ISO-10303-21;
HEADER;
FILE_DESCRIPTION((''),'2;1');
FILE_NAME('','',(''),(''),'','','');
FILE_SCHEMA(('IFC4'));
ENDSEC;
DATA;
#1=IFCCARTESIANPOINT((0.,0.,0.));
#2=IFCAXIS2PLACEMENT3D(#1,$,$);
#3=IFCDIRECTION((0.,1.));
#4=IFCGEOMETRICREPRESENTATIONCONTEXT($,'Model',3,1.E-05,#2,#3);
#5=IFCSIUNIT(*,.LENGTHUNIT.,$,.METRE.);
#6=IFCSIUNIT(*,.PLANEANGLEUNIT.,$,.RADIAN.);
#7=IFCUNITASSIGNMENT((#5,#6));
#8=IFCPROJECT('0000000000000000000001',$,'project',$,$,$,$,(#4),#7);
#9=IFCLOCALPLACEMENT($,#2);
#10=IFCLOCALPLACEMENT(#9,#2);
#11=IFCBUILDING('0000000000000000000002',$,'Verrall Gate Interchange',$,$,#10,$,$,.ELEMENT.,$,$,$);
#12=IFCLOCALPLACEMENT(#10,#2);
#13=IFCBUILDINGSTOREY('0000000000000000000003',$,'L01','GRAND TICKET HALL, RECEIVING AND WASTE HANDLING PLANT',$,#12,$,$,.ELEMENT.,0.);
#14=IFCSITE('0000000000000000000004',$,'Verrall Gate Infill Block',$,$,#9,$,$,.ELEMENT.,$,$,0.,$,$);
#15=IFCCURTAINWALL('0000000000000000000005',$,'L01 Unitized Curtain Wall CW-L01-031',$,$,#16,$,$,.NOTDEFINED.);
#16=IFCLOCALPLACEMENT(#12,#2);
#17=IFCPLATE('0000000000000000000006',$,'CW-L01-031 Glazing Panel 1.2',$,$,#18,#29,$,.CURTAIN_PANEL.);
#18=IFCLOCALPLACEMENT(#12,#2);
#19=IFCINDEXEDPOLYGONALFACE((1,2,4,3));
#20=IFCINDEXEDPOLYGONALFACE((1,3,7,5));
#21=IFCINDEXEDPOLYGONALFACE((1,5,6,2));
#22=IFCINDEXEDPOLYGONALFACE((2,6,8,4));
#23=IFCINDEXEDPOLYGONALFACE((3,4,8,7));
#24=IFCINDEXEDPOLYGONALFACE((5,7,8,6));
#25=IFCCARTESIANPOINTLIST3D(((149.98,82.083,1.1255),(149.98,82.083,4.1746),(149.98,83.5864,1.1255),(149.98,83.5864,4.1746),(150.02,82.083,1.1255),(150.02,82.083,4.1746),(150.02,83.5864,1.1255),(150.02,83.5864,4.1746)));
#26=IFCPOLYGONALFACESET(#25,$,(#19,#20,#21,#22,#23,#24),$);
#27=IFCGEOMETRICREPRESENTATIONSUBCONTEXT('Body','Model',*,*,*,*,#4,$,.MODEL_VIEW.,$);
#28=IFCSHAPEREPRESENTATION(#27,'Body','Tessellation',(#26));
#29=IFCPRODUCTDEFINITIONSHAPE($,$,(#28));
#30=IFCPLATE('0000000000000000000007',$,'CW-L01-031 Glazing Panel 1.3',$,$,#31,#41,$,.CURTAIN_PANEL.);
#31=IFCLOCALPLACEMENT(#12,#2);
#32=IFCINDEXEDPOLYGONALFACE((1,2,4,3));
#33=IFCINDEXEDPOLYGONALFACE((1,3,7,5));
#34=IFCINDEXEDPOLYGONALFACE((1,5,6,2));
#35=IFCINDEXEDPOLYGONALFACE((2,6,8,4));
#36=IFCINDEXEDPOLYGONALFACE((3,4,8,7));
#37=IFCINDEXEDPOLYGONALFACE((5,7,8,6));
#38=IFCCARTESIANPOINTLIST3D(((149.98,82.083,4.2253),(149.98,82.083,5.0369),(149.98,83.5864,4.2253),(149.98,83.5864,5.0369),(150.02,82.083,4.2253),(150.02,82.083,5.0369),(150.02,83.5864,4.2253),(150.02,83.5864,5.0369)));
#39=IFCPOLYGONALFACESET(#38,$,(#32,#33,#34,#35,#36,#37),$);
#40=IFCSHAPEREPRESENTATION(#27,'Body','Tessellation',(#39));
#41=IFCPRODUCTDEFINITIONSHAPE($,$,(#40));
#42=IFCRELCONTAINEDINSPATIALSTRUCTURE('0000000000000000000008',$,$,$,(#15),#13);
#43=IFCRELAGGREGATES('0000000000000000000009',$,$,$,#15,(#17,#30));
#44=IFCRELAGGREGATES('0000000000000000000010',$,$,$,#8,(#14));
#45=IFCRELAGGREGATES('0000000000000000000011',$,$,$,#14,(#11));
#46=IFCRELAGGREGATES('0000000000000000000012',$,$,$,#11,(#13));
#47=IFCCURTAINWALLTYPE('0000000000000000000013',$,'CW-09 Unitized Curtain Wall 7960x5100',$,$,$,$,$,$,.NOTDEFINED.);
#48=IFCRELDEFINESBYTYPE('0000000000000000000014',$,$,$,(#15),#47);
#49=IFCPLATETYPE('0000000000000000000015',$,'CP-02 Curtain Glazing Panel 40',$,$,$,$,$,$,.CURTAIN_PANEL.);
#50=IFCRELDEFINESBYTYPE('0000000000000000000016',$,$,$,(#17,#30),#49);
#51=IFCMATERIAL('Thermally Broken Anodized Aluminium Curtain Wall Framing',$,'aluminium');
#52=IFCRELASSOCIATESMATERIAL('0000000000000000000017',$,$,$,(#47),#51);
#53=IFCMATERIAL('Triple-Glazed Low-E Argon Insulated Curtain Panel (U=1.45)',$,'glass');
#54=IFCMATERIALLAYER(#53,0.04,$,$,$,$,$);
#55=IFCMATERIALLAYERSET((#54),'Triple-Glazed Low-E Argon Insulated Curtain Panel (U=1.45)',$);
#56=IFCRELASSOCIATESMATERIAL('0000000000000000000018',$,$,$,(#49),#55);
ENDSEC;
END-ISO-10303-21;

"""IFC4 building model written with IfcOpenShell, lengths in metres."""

from ifc_helpers import new_model, si_unit, direction, frame, origin, origin_2d, place, context, subcontext, project, spatial, rectangle, extrude, material, layer, layer_set, type_object, element, aggregate, save


model = new_model("IFC4")

# Units and contexts
model_context = context("Model", 3, precision=1e-05, world=origin(), true_north=direction((0.0, 1.0)))
body_context = subcontext(model_context, "Body", "Model", "MODEL_VIEW")
ifc_project = project(units=[si_unit("LENGTHUNIT", "METRE"), si_unit("PLANEANGLEUNIT", "RADIAN")], contexts=[model_context])

# Site, building, storey
site_placement = place(None, origin())
site = spatial("IfcSite", under=ifc_project, at=site_placement, Name="Verrall Gate Infill Block", CompositionType="ELEMENT", RefElevation=0.0)
building_placement = place(site_placement, origin())
building = spatial("IfcBuilding", under=site, at=building_placement, Name="Verrall Gate Interchange", CompositionType="ELEMENT")
storey_placement = place(building_placement, origin())
storey = spatial("IfcBuildingStorey", under=building, at=storey_placement, Name="L01", Description="GRAND TICKET HALL, RECEIVING AND WASTE HANDLING PLANT", CompositionType="ELEMENT", Elevation=0.0)

# Curtain wall
ifc_material_1 = material(Name="Thermally Broken Anodized Aluminium Curtain Wall Framing", Category="aluminium")
curtain_wall_type = type_object("IfcCurtainWallType", Name="CW-09 Unitized Curtain Wall 7960x5100", PredefinedType="NOTDEFINED", material=ifc_material_1)
curtain_wall_1_placement = place(storey_placement, origin())
curtain_wall_1 = element("IfcCurtainWall", 1, at=curtain_wall_1_placement, inside=storey, type_object=curtain_wall_type, Name="L01 Unitized Curtain Wall CW-L01-031", PredefinedType="NOTDEFINED")

# Plates
ifc_material_2 = material(Name="Triple-Glazed Low-E Argon Insulated Curtain Panel (U=1.45)", Category="glass")
ifc_layer_1 = layer(ifc_material_2, 0.04)
ifc_layer_set_1 = layer_set([ifc_layer_1], Name="Triple-Glazed Low-E Argon Insulated Curtain Panel (U=1.45)")
plate_type_1 = type_object("IfcPlateType", Name="CP-02 Curtain Glazing Panel 40", PredefinedType="CURTAIN_PANEL", material=ifc_layer_set_1)
plate_1_placement = place(storey_placement, frame((150.0, 82.8347, 1.1255), z_axis=(0.0, 0.0, 1.0), x_axis=(0.0, 1.0, 0.0)))
plate_1 = element("IfcPlate", 2, at=plate_1_placement, type_object=plate_type_1, Name="CW-L01-031 Glazing Panel 1.2", PredefinedType="CURTAIN_PANEL", context=body_context, shape_type="SweptSolid", body=[
    extrude(rectangle(XDim=1.5034, YDim=0.04, at=origin_2d()), origin(), (0.0, 0.0, 1.0), 3.0491),
])
plate_2_placement = place(storey_placement, frame((150.0, 82.8347, 4.2253), z_axis=(0.0, 0.0, 1.0), x_axis=(0.0, 1.0, 0.0)))
plate_2 = element("IfcPlate", 3, at=plate_2_placement, type_object=plate_type_1, Name="CW-L01-031 Glazing Panel 1.3", PredefinedType="CURTAIN_PANEL", context=body_context, shape_type="SweptSolid", body=[
    extrude(rectangle(XDim=1.5034, YDim=0.04, at=origin_2d()), origin(), (0.0, 0.0, 1.0), 0.8115),
])
aggregate(curtain_wall_1, [plate_1, plate_2])

save(model, "model.ifc")
